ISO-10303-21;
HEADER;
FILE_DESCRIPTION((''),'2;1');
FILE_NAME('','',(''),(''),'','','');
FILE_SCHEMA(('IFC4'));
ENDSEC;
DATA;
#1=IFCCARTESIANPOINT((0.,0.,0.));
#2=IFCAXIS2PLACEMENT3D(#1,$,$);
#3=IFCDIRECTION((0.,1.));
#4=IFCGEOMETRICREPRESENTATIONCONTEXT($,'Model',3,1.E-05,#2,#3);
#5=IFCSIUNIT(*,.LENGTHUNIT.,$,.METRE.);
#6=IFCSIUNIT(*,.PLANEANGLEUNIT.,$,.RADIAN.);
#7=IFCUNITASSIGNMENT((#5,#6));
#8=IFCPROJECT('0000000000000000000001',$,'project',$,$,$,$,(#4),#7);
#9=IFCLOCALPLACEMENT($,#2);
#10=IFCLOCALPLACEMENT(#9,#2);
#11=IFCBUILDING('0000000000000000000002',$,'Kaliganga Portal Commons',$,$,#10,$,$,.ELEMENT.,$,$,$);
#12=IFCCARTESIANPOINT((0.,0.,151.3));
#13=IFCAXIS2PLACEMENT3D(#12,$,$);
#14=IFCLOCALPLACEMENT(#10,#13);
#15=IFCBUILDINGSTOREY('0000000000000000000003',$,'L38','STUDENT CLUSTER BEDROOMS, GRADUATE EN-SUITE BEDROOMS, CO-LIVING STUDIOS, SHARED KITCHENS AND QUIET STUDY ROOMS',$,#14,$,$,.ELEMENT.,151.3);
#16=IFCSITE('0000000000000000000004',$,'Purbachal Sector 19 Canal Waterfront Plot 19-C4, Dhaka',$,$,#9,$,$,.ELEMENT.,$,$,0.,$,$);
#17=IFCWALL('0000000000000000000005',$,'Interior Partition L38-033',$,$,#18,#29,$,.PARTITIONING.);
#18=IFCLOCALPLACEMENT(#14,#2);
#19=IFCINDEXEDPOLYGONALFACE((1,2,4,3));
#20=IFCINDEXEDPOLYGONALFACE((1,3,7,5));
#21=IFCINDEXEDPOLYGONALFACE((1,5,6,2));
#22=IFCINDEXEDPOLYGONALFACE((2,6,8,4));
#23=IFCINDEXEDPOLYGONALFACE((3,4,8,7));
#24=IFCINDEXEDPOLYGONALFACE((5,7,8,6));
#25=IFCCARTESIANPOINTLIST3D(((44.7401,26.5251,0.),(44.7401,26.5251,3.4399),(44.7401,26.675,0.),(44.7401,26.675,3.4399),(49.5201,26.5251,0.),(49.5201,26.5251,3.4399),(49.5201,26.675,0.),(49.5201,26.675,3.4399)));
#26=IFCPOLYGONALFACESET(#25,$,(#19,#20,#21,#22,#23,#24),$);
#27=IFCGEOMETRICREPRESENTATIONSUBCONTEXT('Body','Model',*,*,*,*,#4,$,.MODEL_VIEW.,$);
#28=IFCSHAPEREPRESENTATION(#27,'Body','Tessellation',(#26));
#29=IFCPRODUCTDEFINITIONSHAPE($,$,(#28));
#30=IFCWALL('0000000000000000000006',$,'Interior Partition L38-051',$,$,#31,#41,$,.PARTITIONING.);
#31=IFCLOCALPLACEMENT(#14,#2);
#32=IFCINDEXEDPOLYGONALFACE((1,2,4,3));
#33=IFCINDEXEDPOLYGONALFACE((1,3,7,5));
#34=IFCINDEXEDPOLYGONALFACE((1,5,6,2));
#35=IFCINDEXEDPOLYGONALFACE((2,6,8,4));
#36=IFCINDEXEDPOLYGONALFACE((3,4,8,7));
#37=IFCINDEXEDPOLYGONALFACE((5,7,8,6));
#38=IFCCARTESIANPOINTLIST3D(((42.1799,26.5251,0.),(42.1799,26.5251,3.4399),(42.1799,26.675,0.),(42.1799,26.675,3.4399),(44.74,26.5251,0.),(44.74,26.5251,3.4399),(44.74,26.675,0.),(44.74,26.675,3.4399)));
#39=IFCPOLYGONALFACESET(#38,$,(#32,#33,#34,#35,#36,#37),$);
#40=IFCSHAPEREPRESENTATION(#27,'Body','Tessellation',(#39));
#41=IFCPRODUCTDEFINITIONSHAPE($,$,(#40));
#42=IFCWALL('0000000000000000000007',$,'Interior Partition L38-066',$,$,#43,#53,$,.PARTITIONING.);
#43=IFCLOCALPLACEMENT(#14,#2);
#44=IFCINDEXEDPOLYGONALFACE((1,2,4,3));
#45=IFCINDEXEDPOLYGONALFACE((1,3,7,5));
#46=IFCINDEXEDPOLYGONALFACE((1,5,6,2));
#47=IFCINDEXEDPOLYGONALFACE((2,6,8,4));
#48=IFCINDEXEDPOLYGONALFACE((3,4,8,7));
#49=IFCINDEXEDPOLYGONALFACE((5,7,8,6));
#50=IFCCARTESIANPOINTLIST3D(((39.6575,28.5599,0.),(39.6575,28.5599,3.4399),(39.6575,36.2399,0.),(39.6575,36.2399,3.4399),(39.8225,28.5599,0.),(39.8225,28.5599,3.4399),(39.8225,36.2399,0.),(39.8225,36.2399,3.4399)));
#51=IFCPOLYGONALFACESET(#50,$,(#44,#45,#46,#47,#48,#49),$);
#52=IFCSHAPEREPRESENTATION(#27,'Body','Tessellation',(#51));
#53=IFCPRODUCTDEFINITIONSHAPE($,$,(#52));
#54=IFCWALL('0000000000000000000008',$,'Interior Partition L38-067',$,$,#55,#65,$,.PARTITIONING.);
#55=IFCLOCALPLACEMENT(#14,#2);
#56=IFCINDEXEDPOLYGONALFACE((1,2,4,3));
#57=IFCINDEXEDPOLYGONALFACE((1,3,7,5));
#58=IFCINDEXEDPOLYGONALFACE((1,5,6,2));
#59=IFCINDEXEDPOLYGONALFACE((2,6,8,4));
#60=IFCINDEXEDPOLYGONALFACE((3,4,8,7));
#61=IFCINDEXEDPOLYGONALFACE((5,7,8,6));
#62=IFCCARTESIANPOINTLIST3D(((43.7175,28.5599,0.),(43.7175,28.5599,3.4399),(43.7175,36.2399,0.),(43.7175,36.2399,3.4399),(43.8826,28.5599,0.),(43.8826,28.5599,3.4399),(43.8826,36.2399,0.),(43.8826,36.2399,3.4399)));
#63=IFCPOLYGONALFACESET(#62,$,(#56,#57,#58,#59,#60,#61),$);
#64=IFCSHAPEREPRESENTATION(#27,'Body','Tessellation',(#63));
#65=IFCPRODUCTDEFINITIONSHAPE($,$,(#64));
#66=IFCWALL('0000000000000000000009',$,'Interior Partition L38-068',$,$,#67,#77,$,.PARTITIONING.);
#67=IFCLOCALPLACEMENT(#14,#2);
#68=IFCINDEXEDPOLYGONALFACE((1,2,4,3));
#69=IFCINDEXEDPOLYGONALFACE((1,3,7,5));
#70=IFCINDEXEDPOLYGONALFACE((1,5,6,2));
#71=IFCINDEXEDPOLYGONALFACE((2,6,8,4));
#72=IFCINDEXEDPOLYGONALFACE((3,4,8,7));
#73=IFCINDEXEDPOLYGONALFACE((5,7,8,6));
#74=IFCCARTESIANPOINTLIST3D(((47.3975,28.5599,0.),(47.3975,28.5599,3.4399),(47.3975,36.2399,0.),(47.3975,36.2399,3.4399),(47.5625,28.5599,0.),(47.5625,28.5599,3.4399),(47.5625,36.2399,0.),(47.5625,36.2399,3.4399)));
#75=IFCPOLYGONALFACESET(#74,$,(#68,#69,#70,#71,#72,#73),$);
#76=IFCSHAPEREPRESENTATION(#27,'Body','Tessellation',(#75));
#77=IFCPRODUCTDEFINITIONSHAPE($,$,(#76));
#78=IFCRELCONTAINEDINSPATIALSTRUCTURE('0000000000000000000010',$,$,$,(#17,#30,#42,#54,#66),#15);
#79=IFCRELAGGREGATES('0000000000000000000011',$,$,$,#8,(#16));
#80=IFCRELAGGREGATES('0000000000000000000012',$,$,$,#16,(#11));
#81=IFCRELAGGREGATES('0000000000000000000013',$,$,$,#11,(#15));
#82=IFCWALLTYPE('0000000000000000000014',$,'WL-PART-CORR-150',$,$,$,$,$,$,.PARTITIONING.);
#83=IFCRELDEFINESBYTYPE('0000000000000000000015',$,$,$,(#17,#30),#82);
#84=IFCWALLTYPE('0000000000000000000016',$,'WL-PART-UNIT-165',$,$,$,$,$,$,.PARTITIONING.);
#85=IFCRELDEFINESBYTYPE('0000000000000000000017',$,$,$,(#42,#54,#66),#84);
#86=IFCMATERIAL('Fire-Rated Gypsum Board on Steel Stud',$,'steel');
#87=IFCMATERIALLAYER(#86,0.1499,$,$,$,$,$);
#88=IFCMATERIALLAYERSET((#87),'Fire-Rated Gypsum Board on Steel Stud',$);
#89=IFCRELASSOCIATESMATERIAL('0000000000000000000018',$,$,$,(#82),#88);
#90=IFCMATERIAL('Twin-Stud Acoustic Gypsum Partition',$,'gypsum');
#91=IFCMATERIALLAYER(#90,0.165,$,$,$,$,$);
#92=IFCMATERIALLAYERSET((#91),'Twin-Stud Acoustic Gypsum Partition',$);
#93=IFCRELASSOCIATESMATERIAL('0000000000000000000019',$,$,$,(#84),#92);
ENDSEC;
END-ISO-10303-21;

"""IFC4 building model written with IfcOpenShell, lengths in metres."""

from ifc_helpers import new_model, si_unit, direction, frame, frame_2d, origin, place, context, subcontext, project, spatial, rectangle, extrude, material, layer, layer_set, type_object, element, save


model = new_model("IFC4")

# Units and contexts
model_context = context("Model", 3, precision=1e-05, world=origin(), true_north=direction((0.0, 1.0)))
body_context = subcontext(model_context, "Body", "Model", "MODEL_VIEW")
ifc_project = project(units=[si_unit("LENGTHUNIT", "METRE"), si_unit("PLANEANGLEUNIT", "RADIAN")], contexts=[model_context])

# Site, building, storey
site_placement = place(None, origin())
site = spatial("IfcSite", under=ifc_project, at=site_placement, Name="Purbachal Sector 19 Canal Waterfront Plot 19-C4, Dhaka", CompositionType="ELEMENT", RefElevation=0.0)
building_placement = place(site_placement, origin())
building = spatial("IfcBuilding", under=site, at=building_placement, Name="Kaliganga Portal Commons", CompositionType="ELEMENT")
storey_placement = place(building_placement, frame((0.0, 0.0, 151.3)))
storey = spatial("IfcBuildingStorey", under=building, at=storey_placement, Name="L38", Description="STUDENT CLUSTER BEDROOMS, GRADUATE EN-SUITE BEDROOMS, CO-LIVING STUDIOS, SHARED KITCHENS AND QUIET STUDY ROOMS", CompositionType="ELEMENT", Elevation=151.3)

# Shared definitions
ifc_material_1 = material(Name="Fire-Rated Gypsum Board on Steel Stud", Category="steel")
ifc_layer_1 = layer(ifc_material_1, 0.1499)
ifc_layer_set_1 = layer_set([ifc_layer_1], Name="Fire-Rated Gypsum Board on Steel Stud")
wall_type_1 = type_object("IfcWallType", Name="WL-PART-CORR-150", PredefinedType="PARTITIONING", material=ifc_layer_set_1)

# Wall
wall_1_placement = place(storey_placement, frame((44.74, 26.6001, 0.0), z_axis=(0.0, 0.0, 1.0), x_axis=(1.0, 0.0, 0.0)))
element("IfcWall", 1, at=wall_1_placement, inside=storey, type_object=wall_type_1, Name="Interior Partition L38-033", PredefinedType="PARTITIONING", context=body_context, shape_type="SweptSolid", body=[
    extrude(rectangle(XDim=4.78, YDim=0.1499, at=frame_2d((2.3901, 0.0))), origin(), (0.0, 0.0, 1.0), 3.4399),
])

# Walls
wall_2_placement = place(storey_placement, frame((42.1799, 26.6001, 0.0), z_axis=(0.0, 0.0, 1.0), x_axis=(1.0, 0.0, 0.0)))
element("IfcWall", 2, at=wall_2_placement, inside=storey, type_object=wall_type_1, Name="Interior Partition L38-051", PredefinedType="PARTITIONING", context=body_context, shape_type="SweptSolid", body=[
    extrude(rectangle(XDim=2.5601, YDim=0.1499, at=frame_2d((1.28, 0.0))), origin(), (0.0, 0.0, 1.0), 3.4399),
])
ifc_material_2 = material(Name="Twin-Stud Acoustic Gypsum Partition", Category="gypsum")
ifc_layer_2 = layer(ifc_material_2, 0.165)
ifc_layer_set_2 = layer_set([ifc_layer_2], Name="Twin-Stud Acoustic Gypsum Partition")
wall_type_2 = type_object("IfcWallType", Name="WL-PART-UNIT-165", PredefinedType="PARTITIONING", material=ifc_layer_set_2)
for number, where, z_axis, x_axis, name in (
    (3, (39.74, 28.5601, 0.0), (0.0, 0.0, 1.0), (0.0, 1.0, 0.0), "Interior Partition L38-066"),
    (4, (43.8, 28.5601, 0.0), (0.0, 0.0, 1.0), (0.0, 1.0, 0.0), "Interior Partition L38-067"),
    (5, (47.48, 28.5601, 0.0), (0.0, 0.0, 1.0), (0.0, 1.0, 0.0), "Interior Partition L38-068"),
):
    element("IfcWall", number, at=place(storey_placement, frame(where, z_axis=z_axis, x_axis=x_axis)), inside=storey, type_object=wall_type_2, Name=name, PredefinedType="PARTITIONING", context=body_context, shape_type="SweptSolid", body=[
        extrude(rectangle(XDim=7.6799, YDim=0.165, at=frame_2d((3.8398, 0.0))), origin(), (0.0, 0.0, 1.0), 3.4399),
    ])

save(model, "model.ifc")
